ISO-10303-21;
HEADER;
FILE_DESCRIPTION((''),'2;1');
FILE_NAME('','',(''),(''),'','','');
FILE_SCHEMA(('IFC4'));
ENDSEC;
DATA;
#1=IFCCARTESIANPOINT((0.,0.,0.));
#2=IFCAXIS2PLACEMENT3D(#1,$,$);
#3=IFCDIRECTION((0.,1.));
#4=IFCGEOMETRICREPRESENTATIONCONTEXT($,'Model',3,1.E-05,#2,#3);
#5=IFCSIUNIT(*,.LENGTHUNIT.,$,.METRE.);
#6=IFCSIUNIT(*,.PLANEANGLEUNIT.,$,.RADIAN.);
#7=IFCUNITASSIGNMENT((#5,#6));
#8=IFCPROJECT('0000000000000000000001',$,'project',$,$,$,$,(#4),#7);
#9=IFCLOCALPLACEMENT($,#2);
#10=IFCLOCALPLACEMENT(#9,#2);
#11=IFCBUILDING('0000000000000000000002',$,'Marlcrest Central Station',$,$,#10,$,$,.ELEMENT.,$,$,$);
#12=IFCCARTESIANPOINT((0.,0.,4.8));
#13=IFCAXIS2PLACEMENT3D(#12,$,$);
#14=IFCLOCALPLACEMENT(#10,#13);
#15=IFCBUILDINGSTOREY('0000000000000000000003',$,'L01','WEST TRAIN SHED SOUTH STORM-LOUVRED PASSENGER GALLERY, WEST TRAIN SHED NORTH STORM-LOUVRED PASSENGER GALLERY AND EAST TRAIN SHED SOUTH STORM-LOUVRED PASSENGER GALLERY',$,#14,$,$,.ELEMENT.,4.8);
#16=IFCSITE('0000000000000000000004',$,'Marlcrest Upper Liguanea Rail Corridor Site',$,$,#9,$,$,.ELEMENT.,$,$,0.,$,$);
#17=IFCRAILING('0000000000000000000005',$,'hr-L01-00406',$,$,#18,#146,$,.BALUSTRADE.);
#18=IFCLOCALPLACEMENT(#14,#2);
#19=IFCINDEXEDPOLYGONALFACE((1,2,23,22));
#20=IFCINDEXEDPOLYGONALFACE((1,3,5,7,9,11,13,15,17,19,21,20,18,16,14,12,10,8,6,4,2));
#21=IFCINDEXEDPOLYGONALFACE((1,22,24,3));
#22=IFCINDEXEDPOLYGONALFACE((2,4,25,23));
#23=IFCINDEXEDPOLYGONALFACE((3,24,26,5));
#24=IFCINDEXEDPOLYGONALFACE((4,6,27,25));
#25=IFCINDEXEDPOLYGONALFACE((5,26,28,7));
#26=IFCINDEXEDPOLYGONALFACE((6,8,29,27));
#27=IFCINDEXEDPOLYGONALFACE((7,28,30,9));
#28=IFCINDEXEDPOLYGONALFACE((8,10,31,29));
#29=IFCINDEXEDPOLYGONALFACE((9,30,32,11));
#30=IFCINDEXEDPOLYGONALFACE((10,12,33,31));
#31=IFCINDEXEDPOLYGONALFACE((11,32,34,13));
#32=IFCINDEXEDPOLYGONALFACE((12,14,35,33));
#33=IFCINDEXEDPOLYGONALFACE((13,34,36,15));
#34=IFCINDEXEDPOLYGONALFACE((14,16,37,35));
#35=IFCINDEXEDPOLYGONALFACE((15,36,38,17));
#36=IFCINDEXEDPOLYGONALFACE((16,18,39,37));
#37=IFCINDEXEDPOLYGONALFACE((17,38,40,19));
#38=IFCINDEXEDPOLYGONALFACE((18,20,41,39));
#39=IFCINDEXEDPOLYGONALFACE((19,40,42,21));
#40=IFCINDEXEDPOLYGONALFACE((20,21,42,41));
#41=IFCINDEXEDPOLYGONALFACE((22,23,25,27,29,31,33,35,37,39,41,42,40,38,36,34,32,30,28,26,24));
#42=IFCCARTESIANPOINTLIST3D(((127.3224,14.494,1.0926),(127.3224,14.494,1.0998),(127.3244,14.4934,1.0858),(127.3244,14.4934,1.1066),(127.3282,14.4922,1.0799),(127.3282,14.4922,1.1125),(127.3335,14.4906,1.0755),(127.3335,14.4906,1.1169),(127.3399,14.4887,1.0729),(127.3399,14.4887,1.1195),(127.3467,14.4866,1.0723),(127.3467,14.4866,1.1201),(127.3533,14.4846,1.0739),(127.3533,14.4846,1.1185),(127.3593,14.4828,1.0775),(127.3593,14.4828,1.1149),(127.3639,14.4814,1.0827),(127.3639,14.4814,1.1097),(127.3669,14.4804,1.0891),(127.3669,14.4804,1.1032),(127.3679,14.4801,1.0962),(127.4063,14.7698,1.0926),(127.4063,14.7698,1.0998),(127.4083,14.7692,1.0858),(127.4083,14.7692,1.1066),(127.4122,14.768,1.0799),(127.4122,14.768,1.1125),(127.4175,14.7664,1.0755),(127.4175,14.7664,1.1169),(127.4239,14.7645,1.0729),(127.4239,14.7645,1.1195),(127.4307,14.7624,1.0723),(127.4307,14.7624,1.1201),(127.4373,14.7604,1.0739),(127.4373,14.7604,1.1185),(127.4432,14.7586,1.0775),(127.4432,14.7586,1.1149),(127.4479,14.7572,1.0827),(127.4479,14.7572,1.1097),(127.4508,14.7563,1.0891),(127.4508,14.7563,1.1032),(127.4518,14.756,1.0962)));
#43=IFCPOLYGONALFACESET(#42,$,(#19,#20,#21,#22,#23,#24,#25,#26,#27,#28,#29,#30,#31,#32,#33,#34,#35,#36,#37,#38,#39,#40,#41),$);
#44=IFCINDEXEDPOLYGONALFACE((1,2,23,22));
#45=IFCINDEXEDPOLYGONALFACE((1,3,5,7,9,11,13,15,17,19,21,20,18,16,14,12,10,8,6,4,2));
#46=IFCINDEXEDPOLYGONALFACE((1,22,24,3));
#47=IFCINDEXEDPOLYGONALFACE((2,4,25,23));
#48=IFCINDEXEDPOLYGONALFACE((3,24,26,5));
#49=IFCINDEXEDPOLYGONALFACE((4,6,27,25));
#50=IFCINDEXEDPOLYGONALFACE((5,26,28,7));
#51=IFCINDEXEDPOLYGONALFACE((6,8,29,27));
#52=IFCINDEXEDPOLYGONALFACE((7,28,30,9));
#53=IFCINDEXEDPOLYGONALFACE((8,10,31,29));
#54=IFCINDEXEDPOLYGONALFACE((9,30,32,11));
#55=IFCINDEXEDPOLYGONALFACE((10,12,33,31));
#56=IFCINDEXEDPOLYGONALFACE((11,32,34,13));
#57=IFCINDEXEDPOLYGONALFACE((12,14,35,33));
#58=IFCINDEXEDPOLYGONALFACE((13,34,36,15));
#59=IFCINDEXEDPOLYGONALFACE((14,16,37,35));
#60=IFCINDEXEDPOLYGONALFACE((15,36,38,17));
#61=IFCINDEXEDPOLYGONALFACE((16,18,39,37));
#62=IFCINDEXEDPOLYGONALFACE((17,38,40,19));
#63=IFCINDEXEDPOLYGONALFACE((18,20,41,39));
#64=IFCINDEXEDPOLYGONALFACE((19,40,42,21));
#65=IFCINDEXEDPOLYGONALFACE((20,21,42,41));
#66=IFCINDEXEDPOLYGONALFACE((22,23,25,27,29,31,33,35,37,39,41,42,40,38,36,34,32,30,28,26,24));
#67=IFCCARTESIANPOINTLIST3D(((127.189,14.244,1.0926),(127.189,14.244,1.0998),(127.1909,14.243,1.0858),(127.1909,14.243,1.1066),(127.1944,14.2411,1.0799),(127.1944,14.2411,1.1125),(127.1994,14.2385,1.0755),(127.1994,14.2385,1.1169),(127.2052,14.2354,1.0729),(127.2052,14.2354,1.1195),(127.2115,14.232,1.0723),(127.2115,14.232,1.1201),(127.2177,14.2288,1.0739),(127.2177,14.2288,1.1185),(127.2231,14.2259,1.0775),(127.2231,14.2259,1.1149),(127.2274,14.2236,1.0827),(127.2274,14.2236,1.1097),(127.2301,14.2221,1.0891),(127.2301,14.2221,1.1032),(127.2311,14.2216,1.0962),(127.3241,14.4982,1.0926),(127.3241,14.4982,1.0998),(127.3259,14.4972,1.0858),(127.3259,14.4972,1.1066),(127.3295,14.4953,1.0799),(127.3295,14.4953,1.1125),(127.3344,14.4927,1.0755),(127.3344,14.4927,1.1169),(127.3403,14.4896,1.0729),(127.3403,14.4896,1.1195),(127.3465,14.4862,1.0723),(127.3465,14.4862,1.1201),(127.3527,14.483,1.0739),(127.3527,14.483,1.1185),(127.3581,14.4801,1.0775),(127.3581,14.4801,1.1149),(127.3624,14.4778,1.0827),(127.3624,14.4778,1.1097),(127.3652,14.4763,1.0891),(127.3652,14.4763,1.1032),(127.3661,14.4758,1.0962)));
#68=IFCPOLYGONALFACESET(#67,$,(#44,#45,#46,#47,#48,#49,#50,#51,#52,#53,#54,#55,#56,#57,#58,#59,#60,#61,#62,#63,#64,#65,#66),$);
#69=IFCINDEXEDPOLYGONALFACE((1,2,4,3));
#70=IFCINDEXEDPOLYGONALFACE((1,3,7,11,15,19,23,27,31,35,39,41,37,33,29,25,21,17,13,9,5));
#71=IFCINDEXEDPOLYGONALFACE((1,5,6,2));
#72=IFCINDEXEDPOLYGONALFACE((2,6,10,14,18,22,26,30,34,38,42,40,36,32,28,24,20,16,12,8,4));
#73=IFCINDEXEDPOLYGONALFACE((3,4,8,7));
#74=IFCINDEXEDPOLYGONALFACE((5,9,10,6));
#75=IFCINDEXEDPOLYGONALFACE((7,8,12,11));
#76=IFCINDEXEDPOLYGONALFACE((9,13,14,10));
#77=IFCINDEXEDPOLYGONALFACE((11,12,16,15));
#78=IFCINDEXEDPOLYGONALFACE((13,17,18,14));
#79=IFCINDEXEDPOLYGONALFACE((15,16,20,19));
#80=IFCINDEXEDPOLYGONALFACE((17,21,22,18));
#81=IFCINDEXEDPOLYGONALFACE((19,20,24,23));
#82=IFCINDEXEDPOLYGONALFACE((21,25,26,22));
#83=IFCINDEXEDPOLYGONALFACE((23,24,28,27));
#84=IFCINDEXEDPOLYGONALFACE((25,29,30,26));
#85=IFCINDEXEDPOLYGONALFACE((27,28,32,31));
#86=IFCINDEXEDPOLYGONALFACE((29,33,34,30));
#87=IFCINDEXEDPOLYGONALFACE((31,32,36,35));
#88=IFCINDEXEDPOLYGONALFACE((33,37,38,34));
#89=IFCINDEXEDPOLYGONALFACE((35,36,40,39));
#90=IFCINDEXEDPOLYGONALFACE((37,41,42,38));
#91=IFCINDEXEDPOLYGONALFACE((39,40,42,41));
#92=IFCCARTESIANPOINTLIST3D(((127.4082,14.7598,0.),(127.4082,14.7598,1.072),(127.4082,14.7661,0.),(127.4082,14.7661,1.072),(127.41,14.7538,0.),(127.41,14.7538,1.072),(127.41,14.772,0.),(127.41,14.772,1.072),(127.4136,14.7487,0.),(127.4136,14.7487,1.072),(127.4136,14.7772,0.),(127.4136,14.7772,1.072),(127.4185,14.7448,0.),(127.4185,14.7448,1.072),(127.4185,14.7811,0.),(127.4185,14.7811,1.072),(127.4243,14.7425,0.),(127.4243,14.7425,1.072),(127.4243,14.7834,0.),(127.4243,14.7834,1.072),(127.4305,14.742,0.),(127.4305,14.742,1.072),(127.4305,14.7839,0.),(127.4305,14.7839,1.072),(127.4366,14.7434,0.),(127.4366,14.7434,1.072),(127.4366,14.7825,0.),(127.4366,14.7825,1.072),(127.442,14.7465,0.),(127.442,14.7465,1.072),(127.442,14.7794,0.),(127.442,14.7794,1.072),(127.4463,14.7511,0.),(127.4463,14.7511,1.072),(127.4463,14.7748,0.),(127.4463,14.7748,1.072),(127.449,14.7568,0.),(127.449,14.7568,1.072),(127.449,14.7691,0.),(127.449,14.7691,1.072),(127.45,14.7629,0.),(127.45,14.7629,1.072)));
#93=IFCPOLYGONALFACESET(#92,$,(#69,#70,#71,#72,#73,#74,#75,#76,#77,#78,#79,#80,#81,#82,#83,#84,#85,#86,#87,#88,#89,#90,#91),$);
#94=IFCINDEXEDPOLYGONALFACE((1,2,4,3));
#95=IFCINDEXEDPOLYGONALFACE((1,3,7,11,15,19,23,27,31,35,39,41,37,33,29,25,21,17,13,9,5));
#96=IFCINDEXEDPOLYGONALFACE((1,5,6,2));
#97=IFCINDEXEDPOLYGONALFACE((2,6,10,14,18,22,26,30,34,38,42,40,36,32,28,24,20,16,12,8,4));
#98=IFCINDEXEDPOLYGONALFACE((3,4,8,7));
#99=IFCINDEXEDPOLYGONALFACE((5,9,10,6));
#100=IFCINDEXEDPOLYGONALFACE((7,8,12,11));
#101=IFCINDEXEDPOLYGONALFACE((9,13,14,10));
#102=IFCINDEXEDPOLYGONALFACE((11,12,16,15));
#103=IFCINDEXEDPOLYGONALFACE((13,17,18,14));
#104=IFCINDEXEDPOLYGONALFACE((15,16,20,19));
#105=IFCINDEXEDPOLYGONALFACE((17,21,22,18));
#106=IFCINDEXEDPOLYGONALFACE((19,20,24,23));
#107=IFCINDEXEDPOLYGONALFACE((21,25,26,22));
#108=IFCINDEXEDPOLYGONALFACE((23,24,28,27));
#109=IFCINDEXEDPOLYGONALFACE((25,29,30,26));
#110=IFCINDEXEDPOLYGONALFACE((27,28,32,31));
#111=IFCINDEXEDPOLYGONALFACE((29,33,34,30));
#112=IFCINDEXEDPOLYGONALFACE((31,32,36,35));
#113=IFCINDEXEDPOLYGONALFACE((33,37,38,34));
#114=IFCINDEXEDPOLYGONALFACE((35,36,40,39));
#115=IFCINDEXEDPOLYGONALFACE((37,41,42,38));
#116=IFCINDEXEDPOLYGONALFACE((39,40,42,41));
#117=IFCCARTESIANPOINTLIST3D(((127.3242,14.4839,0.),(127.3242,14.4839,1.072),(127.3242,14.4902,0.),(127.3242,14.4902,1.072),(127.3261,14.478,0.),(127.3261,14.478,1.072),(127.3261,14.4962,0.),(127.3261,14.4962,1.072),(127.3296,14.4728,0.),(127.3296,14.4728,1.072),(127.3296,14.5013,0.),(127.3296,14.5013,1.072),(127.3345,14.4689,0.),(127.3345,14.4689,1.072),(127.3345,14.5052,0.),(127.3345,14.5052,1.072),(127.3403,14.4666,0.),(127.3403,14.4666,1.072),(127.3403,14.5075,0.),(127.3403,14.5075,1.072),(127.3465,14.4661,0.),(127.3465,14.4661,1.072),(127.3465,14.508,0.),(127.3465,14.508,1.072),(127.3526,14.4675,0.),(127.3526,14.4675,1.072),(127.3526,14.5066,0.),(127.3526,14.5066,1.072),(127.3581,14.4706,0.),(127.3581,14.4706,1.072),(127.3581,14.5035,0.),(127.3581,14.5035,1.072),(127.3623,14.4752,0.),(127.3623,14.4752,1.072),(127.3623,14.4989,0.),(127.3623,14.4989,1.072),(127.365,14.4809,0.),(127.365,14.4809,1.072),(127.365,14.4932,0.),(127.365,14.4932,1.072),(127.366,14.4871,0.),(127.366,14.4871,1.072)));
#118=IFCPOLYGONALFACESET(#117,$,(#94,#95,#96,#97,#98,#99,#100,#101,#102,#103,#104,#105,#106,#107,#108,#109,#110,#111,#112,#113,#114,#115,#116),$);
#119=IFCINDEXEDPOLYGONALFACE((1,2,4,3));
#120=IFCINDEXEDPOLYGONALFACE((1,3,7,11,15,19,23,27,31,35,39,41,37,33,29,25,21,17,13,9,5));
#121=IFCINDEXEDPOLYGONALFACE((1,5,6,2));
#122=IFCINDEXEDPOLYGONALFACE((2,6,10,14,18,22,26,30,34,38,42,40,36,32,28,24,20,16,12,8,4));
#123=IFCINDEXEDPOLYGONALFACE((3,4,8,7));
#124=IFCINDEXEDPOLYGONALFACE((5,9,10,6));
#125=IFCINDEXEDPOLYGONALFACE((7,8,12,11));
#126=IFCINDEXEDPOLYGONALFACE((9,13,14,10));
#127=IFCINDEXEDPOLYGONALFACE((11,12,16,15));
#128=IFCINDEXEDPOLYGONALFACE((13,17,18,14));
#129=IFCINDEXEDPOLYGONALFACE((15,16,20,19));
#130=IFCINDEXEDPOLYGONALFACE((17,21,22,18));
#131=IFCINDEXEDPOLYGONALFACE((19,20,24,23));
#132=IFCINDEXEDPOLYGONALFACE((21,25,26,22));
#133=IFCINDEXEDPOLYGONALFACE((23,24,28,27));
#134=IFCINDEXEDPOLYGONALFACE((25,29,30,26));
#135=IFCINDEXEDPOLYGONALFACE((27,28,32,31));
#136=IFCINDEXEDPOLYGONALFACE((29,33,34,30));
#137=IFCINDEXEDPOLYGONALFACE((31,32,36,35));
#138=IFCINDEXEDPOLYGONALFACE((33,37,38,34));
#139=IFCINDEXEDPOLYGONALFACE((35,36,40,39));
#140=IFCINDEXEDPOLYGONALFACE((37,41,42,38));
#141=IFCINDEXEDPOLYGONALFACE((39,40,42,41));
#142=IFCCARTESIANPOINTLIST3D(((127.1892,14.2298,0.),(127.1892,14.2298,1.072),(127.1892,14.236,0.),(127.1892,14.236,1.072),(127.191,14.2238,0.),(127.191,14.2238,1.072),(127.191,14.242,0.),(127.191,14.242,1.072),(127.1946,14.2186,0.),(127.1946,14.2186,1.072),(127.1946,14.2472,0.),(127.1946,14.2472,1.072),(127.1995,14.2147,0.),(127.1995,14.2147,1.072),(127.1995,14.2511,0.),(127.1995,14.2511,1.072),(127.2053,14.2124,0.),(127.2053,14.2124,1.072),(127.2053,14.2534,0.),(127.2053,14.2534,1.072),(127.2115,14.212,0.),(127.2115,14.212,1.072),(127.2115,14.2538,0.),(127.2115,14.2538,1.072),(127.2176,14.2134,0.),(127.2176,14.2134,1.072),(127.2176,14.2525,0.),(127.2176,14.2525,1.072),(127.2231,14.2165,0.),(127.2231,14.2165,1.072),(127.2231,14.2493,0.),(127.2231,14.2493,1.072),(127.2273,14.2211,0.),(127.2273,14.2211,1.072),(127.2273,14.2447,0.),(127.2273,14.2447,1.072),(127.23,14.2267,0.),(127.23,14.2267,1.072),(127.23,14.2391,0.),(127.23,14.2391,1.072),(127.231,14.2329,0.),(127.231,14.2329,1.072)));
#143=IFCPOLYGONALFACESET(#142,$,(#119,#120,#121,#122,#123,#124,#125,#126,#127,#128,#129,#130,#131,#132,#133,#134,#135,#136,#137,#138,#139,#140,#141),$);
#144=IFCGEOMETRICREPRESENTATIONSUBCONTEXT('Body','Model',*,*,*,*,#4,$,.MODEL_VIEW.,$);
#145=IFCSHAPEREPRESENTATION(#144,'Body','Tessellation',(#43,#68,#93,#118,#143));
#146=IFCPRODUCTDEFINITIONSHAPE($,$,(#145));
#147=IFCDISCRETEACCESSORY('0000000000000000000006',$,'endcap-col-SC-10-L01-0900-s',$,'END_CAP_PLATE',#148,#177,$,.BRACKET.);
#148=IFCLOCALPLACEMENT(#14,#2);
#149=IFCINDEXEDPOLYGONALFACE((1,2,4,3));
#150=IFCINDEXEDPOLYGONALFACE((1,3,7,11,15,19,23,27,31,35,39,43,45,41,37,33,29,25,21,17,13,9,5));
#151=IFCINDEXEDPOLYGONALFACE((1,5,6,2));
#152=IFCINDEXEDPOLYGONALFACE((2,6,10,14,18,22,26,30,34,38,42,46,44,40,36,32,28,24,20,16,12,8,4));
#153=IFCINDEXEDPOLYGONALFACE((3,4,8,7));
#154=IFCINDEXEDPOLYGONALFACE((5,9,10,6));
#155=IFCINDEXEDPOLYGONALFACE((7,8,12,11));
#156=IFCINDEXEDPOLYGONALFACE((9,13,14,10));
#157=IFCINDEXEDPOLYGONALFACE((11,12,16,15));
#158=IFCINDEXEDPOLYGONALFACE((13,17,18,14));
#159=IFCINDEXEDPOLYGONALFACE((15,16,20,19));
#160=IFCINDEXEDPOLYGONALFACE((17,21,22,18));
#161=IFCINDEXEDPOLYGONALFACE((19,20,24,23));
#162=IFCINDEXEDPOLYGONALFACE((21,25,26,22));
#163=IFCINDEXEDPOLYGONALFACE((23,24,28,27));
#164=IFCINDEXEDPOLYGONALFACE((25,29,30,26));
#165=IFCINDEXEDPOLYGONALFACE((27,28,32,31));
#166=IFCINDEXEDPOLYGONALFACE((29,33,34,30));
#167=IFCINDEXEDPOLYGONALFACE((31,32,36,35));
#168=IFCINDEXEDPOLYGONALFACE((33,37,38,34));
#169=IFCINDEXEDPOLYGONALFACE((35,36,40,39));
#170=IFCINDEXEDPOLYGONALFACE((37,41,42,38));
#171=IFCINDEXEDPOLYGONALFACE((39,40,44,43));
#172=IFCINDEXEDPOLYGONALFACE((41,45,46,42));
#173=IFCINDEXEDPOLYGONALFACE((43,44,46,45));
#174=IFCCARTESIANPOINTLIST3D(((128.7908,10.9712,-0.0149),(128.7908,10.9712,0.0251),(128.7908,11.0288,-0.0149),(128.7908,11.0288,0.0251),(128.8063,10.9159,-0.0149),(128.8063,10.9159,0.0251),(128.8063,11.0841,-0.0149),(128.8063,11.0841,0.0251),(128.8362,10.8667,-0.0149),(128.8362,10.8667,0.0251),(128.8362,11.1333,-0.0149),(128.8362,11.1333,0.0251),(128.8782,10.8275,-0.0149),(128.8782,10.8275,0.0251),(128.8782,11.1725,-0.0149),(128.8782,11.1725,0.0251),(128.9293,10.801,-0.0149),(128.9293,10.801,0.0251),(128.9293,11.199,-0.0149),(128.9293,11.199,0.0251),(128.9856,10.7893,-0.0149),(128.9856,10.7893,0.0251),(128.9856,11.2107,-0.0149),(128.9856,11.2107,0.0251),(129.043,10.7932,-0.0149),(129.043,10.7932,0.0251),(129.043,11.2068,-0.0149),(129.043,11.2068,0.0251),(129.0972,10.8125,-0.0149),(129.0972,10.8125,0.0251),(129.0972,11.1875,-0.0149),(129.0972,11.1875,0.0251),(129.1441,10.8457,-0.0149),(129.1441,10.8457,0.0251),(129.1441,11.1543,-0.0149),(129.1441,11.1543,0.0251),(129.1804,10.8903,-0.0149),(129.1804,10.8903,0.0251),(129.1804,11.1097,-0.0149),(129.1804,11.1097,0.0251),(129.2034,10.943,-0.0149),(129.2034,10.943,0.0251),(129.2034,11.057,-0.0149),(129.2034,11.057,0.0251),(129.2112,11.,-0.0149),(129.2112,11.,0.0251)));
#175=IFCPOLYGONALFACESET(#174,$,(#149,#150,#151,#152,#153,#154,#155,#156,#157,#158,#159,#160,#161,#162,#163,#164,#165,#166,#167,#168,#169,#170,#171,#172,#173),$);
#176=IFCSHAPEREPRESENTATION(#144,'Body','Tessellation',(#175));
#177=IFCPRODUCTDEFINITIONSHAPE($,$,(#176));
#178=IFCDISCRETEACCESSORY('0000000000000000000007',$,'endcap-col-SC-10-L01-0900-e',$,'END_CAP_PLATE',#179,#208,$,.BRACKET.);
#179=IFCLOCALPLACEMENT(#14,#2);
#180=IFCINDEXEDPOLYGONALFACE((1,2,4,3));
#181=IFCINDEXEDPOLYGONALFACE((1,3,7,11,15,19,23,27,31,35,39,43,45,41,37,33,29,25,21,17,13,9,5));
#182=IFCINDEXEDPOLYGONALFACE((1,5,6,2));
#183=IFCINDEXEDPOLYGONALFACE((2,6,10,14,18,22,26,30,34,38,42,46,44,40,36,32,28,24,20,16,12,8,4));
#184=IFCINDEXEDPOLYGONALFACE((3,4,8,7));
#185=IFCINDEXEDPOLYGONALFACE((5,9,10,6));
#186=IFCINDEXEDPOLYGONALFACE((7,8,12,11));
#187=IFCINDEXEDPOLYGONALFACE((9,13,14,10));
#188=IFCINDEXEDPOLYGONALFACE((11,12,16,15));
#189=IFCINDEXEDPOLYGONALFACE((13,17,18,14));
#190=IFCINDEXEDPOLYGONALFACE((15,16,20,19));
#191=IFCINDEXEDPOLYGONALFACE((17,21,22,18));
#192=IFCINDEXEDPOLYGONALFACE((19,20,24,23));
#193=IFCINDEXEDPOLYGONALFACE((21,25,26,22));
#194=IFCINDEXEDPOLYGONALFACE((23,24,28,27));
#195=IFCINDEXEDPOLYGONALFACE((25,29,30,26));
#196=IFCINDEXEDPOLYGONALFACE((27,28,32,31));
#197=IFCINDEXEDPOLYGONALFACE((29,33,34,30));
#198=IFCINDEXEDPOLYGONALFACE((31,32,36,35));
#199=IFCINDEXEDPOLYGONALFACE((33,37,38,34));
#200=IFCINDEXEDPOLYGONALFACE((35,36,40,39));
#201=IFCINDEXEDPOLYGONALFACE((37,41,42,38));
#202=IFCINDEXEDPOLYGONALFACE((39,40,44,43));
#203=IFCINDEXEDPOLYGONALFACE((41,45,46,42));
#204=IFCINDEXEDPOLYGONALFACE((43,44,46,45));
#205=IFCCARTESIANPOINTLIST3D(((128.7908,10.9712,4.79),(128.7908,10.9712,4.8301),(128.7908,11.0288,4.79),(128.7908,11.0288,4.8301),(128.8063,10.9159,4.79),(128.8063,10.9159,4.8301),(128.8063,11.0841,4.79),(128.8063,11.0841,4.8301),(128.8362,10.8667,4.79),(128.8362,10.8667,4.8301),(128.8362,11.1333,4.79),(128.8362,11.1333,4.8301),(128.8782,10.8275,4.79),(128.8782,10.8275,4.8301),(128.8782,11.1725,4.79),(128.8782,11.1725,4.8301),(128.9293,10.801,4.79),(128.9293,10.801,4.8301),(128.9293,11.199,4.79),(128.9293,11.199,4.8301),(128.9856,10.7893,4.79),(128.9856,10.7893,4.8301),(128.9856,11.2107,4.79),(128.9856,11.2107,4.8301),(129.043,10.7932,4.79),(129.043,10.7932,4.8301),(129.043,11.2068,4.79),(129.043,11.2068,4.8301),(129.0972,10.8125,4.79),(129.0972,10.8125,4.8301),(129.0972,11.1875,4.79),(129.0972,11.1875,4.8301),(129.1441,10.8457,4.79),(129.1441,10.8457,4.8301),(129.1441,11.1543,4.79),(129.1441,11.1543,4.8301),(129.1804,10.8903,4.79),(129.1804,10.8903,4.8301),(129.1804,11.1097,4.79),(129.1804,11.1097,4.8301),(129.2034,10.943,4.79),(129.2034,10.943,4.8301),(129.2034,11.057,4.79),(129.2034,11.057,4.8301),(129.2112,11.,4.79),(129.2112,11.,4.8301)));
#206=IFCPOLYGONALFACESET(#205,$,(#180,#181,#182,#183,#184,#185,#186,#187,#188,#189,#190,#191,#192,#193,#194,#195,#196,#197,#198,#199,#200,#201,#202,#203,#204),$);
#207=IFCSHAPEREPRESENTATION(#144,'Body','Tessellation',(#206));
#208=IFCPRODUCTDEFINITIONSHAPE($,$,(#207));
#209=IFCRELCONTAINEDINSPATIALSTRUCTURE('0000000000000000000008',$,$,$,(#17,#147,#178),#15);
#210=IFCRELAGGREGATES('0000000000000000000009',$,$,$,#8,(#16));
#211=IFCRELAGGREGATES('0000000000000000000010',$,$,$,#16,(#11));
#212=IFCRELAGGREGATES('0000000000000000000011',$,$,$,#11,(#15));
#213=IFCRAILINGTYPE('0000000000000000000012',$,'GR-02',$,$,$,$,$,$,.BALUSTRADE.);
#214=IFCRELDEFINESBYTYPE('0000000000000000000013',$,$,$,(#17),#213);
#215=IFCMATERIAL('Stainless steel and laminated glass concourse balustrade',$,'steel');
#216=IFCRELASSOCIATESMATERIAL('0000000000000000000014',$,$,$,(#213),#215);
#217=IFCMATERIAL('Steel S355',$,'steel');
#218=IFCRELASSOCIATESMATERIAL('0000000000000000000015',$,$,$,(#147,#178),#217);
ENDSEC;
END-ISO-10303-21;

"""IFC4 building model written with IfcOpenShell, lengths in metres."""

from ifc_helpers import new_model, si_unit, direction, frame, origin, origin_2d, place, context, subcontext, project, spatial, circle, extrude, material, type_object, element, save


model = new_model("IFC4")

# Units and contexts
model_context = context("Model", 3, precision=1e-05, world=origin(), true_north=direction((0.0, 1.0)))
body_context = subcontext(model_context, "Body", "Model", "MODEL_VIEW")
ifc_project = project(units=[si_unit("LENGTHUNIT", "METRE"), si_unit("PLANEANGLEUNIT", "RADIAN")], contexts=[model_context])

# Site, building, storey
site_placement = place(None, origin())
site = spatial("IfcSite", under=ifc_project, at=site_placement, Name="Marlcrest Upper Liguanea Rail Corridor Site", CompositionType="ELEMENT", RefElevation=0.0)
building_placement = place(site_placement, origin())
building = spatial("IfcBuilding", under=site, at=building_placement, Name="Marlcrest Central Station", CompositionType="ELEMENT")
storey_placement = place(building_placement, frame((0.0, 0.0, 4.8)))
storey = spatial("IfcBuildingStorey", under=building, at=storey_placement, Name="L01", Description="WEST TRAIN SHED SOUTH STORM-LOUVRED PASSENGER GALLERY, WEST TRAIN SHED NORTH STORM-LOUVRED PASSENGER GALLERY AND EAST TRAIN SHED SOUTH STORM-LOUVRED PASSENGER GALLERY", CompositionType="ELEMENT", Elevation=4.8)

# Shared definitions
ifc_material_1 = material(Name="Steel S355", Category="steel")

# Railing
ifc_material_2 = material(Name="Stainless steel and laminated glass concourse balustrade", Category="steel")
railing_type = type_object("IfcRailingType", Name="GR-02", PredefinedType="BALUSTRADE", material=ifc_material_2)
railing_1_placement = place(storey_placement, frame((127.429, 14.7629, 0.0)))
element("IfcRailing", 1, at=railing_1_placement, inside=storey, type_object=railing_type, Name="hr-L01-00406", PredefinedType="BALUSTRADE", context=body_context, shape_type="SweptSolid", body=[
    extrude(circle(Radius=0.0239, at=origin_2d()), frame((0.0, 0.0, 1.0962), z_axis=(-0.291229, -0.956653, 0.0), x_axis=(0.956653, -0.291229, 0.0)), (0.0, 0.0, 1.0), 0.2883),
    extrude(circle(Radius=0.0239, at=origin_2d()), frame((-0.084, -0.2759, 1.0962), z_axis=(-0.469135, -0.883127, 0.0), x_axis=(0.883127, -0.469135, 0.0)), (0.0, 0.0, 1.0), 0.2878),
    extrude(circle(Radius=0.021, at=origin_2d()), origin(), (0.0, 0.0, 1.0), 1.072),
    extrude(circle(Radius=0.021, at=origin_2d()), frame((-0.084, -0.2759, 0.0)), (0.0, 0.0, 1.0), 1.072),
    extrude(circle(Radius=0.021, at=origin_2d()), frame((-0.219, -0.53, 0.0)), (0.0, 0.0, 1.0), 1.072),
])

# Discrete accessories
for number, where, z_axis, x_axis, name in (
    (2, (129.0, 11.0, -0.0149), (0.0, 0.0, 1.0), (1.0, 0.0, 0.0), "endcap-col-SC-10-L01-0900-s"),
    (3, (129.0, 11.0, 4.79), (0.0, 0.0, 1.0), (1.0, 0.0, 0.0), "endcap-col-SC-10-L01-0900-e"),
):
    element("IfcDiscreteAccessory", number, at=place(storey_placement, frame(where, z_axis=z_axis, x_axis=x_axis)), inside=storey, material=ifc_material_1, Name=name, ObjectType="END_CAP_PLATE", PredefinedType="BRACKET", context=body_context, shape_type="SweptSolid", body=[
        extrude(circle(Radius=0.2112, at=origin_2d()), origin(), (0.0, 0.0, 1.0), 0.04),
    ])

save(model, "model.ifc")
